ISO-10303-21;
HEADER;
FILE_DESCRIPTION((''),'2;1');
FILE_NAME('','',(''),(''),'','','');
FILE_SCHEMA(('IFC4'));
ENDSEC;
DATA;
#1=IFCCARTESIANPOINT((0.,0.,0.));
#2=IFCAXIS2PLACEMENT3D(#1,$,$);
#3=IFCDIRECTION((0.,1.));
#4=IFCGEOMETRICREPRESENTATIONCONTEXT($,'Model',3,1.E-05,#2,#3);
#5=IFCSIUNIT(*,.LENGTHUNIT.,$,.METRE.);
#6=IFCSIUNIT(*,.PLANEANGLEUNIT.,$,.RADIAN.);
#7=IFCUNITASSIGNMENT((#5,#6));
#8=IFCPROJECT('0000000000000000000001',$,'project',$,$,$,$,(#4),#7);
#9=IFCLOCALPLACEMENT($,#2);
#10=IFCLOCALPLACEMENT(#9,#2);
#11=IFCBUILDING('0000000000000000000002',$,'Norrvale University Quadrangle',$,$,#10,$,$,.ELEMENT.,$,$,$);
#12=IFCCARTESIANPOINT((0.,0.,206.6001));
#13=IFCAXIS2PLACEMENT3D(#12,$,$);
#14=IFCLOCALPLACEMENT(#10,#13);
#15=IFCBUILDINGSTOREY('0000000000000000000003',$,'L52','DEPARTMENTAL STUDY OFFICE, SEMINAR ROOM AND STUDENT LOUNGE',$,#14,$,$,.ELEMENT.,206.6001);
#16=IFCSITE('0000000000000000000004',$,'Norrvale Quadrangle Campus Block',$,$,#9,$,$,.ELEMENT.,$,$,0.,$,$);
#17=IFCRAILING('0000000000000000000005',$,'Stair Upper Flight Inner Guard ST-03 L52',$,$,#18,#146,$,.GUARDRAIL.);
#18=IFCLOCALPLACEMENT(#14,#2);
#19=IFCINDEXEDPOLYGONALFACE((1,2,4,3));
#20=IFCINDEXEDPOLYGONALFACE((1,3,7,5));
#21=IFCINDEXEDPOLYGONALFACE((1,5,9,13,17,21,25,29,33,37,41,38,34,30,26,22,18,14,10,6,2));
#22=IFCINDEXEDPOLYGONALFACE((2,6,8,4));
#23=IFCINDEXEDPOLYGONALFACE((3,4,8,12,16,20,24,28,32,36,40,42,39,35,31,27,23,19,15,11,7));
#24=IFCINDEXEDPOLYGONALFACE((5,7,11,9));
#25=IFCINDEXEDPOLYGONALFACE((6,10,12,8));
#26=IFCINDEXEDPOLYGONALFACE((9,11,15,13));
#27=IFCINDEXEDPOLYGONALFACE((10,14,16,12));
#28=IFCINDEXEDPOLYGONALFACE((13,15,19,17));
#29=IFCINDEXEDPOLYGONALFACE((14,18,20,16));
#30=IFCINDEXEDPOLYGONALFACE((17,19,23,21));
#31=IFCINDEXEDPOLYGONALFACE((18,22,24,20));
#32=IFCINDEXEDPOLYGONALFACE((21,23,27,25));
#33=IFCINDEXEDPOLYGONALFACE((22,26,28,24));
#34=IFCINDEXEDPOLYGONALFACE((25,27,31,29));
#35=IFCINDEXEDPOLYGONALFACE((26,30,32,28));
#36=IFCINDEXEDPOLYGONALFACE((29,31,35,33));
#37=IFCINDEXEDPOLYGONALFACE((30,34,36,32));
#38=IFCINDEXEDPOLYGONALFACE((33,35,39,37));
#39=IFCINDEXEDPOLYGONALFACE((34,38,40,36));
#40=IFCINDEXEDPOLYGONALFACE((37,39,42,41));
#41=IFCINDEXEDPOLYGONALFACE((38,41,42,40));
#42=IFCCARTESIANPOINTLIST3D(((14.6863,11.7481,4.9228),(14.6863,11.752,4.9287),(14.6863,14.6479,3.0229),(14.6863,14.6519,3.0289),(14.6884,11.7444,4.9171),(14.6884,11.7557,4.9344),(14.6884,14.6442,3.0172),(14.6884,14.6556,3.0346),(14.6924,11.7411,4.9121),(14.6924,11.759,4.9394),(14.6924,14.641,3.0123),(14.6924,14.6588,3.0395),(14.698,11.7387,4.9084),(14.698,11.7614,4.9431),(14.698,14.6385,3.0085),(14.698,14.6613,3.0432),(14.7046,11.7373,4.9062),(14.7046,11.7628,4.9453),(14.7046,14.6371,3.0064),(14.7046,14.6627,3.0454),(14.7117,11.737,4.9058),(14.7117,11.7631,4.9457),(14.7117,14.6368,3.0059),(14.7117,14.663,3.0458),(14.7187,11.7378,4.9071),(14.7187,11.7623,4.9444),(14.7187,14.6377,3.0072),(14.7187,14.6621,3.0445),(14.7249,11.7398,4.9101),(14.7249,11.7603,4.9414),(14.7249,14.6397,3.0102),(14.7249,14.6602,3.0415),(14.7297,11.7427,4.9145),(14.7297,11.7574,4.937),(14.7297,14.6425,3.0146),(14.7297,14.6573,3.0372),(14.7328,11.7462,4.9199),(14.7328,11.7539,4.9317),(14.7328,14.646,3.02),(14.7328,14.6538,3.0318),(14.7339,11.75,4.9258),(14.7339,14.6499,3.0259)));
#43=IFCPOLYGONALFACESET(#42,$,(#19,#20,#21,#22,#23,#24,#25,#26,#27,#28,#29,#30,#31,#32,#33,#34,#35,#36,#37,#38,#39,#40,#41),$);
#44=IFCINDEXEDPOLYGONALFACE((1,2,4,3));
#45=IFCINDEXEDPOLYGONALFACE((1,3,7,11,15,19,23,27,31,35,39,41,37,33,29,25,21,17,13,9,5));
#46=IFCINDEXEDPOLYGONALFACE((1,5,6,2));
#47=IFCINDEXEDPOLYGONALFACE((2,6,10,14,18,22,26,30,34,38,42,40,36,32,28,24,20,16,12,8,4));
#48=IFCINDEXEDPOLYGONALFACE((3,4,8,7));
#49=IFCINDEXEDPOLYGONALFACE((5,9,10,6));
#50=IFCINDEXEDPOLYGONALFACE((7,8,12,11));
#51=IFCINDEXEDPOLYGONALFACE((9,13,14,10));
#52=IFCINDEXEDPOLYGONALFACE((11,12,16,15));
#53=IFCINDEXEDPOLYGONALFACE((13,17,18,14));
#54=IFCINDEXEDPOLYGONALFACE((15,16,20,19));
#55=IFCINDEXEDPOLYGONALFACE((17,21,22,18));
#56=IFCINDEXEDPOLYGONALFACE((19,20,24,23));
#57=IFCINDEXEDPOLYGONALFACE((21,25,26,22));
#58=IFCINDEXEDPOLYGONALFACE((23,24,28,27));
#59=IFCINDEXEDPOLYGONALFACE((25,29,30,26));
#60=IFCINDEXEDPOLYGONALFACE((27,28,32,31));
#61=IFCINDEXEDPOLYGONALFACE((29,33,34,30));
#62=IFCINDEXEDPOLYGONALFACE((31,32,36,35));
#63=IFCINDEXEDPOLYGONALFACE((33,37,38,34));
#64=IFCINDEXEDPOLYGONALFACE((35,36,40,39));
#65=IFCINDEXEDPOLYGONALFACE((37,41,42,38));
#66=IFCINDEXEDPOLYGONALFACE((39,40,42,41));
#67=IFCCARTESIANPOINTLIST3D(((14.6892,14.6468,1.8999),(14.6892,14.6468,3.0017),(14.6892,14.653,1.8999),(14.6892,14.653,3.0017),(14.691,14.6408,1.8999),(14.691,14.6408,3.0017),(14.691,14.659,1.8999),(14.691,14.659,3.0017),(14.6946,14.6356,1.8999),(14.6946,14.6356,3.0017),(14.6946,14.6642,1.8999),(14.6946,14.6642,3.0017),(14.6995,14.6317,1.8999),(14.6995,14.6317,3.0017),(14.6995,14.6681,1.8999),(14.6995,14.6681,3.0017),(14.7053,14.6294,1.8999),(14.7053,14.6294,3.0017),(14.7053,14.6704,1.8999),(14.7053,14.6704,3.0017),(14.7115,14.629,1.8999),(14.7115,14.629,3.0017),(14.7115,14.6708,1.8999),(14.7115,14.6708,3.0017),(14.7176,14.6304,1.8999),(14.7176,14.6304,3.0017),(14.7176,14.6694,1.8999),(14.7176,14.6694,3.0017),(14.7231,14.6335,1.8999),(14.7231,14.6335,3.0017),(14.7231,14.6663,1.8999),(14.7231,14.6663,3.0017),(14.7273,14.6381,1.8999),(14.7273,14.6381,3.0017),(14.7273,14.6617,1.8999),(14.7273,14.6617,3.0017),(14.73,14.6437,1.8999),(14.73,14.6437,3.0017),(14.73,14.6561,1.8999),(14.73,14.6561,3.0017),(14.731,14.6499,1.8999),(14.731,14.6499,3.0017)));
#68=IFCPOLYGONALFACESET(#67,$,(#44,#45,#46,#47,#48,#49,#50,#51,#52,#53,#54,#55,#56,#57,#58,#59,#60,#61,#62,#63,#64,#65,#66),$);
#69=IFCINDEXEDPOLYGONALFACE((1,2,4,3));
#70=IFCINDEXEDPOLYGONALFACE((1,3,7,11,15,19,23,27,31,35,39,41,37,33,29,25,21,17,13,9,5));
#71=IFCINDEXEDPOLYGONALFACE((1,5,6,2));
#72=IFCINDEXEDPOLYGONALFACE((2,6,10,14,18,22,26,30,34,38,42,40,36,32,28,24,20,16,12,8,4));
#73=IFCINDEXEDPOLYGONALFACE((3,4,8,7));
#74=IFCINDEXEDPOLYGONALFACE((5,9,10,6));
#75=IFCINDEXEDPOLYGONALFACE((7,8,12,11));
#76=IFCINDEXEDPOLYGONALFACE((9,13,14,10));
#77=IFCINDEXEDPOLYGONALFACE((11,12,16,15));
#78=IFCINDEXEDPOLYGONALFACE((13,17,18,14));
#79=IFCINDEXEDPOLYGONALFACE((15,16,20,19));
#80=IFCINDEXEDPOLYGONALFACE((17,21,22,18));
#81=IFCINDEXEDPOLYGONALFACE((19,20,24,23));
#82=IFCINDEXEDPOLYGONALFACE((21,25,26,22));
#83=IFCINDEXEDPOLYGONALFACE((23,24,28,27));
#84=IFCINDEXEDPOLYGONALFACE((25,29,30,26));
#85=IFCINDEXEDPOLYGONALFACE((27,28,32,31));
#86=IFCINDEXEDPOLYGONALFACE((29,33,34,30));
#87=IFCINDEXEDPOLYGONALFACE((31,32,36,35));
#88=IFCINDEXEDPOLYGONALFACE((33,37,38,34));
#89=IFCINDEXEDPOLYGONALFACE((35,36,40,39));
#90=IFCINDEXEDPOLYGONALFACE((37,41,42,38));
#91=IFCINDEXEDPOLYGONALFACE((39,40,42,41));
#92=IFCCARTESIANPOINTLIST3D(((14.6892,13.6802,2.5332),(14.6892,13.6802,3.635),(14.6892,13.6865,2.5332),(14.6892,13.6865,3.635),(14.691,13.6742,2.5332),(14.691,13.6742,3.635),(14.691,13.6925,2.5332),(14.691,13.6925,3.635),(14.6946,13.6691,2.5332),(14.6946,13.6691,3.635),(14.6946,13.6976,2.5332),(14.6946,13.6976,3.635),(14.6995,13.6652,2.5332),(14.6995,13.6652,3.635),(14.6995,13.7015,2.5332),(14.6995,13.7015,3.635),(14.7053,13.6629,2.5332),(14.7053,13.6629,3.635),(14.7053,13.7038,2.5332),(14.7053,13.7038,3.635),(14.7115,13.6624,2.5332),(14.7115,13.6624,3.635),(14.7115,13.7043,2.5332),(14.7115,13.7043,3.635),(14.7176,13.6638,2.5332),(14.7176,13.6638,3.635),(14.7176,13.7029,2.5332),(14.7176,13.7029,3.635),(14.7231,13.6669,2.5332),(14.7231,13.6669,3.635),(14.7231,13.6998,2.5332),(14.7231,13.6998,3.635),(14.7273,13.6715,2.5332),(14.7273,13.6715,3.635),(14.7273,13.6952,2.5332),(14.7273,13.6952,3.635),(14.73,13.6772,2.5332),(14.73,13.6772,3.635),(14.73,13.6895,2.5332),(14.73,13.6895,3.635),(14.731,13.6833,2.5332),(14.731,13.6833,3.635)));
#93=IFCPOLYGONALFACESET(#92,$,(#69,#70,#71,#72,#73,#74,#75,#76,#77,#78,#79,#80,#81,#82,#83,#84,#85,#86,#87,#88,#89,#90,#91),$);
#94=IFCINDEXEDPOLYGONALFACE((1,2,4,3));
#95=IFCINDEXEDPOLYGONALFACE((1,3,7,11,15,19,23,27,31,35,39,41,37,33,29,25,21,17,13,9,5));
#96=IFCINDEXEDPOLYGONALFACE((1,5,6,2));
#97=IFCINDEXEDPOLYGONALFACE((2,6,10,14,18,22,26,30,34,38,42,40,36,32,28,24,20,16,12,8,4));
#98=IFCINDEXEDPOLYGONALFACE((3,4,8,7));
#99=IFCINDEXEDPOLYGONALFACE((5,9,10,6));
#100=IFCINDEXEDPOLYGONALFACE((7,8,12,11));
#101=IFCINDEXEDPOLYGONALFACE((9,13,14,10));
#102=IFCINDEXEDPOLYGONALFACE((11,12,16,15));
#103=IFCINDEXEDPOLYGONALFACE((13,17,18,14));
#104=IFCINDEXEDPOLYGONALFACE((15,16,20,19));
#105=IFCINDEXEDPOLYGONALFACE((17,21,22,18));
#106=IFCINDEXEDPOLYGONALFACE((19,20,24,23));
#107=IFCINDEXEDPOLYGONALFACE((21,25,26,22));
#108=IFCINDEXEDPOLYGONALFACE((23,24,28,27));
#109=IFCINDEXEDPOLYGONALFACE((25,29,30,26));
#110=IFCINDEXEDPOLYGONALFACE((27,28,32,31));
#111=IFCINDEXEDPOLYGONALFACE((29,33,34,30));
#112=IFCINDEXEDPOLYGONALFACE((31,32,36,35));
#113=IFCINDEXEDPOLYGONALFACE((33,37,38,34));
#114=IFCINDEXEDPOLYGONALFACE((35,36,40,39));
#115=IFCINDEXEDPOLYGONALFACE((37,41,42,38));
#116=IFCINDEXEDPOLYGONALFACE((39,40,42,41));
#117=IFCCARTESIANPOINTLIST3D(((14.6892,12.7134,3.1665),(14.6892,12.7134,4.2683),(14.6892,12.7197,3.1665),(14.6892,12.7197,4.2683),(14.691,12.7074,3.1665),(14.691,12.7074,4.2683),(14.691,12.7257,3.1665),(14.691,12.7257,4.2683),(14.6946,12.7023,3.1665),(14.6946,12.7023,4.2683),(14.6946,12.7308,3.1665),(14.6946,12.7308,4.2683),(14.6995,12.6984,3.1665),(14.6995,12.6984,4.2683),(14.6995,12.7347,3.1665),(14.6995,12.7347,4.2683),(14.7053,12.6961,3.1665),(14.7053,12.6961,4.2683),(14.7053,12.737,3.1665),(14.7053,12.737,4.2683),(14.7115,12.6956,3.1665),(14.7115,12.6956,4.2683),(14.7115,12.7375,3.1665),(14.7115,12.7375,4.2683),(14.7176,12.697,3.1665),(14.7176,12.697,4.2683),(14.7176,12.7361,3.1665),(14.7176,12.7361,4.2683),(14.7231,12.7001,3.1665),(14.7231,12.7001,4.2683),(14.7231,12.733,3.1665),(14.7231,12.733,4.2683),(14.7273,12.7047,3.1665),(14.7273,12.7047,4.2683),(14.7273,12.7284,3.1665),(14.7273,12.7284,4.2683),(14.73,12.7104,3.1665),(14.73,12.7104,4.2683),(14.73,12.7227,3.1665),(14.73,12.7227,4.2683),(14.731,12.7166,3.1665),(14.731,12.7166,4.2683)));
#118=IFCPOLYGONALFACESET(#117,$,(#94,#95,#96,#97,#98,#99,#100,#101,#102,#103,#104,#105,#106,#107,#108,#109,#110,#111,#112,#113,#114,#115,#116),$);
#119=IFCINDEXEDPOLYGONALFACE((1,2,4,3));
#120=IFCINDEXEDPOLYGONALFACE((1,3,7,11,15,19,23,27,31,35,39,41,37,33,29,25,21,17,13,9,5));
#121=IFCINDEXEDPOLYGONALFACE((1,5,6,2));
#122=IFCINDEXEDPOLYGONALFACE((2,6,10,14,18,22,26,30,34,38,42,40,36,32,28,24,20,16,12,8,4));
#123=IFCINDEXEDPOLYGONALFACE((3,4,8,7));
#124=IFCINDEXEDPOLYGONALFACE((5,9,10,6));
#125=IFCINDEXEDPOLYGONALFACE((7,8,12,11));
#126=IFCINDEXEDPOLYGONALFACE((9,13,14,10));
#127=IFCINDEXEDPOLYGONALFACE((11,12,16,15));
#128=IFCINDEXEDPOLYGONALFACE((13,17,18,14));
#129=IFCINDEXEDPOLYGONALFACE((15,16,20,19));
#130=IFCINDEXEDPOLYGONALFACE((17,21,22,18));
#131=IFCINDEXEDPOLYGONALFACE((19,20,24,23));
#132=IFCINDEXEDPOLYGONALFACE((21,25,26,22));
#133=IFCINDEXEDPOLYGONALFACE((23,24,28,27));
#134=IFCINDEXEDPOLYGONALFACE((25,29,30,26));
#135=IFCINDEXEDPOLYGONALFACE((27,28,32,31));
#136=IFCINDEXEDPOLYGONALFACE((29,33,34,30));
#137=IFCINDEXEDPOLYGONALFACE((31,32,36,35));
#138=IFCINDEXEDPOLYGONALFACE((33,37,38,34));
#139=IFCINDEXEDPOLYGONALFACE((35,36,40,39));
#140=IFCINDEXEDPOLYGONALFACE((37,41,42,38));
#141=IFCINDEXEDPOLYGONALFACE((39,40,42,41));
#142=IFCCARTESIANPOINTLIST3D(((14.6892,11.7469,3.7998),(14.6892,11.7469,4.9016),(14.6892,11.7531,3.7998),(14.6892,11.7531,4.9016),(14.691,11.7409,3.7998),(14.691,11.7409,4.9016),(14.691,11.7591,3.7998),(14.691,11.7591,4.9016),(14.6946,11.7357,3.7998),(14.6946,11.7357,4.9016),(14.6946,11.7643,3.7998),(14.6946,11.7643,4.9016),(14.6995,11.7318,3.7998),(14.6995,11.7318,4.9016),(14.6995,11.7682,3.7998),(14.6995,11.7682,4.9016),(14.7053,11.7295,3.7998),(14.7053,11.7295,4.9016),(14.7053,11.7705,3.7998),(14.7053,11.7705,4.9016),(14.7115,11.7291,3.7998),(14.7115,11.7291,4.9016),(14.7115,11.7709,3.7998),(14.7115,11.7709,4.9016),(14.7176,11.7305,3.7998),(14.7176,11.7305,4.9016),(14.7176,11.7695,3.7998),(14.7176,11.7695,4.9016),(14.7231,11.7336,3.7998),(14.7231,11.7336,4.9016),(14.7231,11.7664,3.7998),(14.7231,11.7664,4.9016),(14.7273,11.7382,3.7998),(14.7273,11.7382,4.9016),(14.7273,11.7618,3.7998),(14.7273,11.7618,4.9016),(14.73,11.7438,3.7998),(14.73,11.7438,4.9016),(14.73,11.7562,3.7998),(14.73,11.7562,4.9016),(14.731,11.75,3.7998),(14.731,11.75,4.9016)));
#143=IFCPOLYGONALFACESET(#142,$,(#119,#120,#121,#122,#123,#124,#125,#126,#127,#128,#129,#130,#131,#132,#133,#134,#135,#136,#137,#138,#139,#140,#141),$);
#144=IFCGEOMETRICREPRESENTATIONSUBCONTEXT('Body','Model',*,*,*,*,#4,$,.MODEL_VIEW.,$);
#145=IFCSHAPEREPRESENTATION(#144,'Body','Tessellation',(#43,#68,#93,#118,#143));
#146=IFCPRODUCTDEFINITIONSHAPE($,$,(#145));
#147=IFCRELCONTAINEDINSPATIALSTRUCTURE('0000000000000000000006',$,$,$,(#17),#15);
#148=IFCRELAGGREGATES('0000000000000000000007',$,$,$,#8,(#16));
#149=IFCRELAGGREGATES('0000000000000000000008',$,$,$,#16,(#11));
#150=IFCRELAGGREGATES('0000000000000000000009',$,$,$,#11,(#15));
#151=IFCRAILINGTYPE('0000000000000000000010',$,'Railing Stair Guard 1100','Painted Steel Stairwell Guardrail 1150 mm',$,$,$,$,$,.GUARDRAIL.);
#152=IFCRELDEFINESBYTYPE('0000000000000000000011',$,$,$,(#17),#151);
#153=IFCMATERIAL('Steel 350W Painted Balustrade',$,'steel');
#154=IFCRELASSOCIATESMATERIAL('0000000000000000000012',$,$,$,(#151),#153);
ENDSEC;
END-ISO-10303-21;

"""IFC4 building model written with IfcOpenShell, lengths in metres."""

from ifc_helpers import new_model, si_unit, direction, frame, origin, origin_2d, place, context, subcontext, project, spatial, circle, extrude, material, type_object, element, save


model = new_model("IFC4")

# Units and contexts
model_context = context("Model", 3, precision=1e-05, world=origin(), true_north=direction((0.0, 1.0)))
body_context = subcontext(model_context, "Body", "Model", "MODEL_VIEW")
ifc_project = project(units=[si_unit("LENGTHUNIT", "METRE"), si_unit("PLANEANGLEUNIT", "RADIAN")], contexts=[model_context])

# Site, building, storey
site_placement = place(None, origin())
site = spatial("IfcSite", under=ifc_project, at=site_placement, Name="Norrvale Quadrangle Campus Block", CompositionType="ELEMENT", RefElevation=0.0)
building_placement = place(site_placement, origin())
building = spatial("IfcBuilding", under=site, at=building_placement, Name="Norrvale University Quadrangle", CompositionType="ELEMENT")
storey_placement = place(building_placement, frame((0.0, 0.0, 206.6001)))
storey = spatial("IfcBuildingStorey", under=building, at=storey_placement, Name="L52", Description="DEPARTMENTAL STUDY OFFICE, SEMINAR ROOM AND STUDENT LOUNGE", CompositionType="ELEMENT", Elevation=206.6001)

# Railing
ifc_material_1 = material(Name="Steel 350W Painted Balustrade", Category="steel")
railing_type_1 = type_object("IfcRailingType", Name="Railing Stair Guard 1100", Description="Painted Steel Stairwell Guardrail 1150 mm", PredefinedType="GUARDRAIL", material=ifc_material_1)
railing_1_placement = place(storey_placement, frame((14.71, 14.6499, 1.8999)))
element("IfcRailing", 1, at=railing_1_placement, inside=storey, type_object=railing_type_1, Name="Stair Upper Flight Inner Guard ST-03 L52", PredefinedType="GUARDRAIL", context=body_context, shape_type="SweptSolid", body=[
    extrude(circle(Radius=0.0239, at=origin_2d()), frame((0.0, 0.0, 1.126), z_axis=(0.0, -0.836466, 0.548019), x_axis=(1.0, 0.0, 0.0)), (0.0, 0.0, 1.0), 3.4668),
    extrude(circle(Radius=0.021, at=origin_2d()), origin(), (0.0, 0.0, 1.0), 1.1018),
    extrude(circle(Radius=0.021, at=origin_2d()), frame((0.0, -0.9666, 0.6333)), (0.0, 0.0, 1.0), 1.1018),
    extrude(circle(Radius=0.021, at=origin_2d()), frame((0.0, -1.9333, 1.2666)), (0.0, 0.0, 1.0), 1.1018),
    extrude(circle(Radius=0.021, at=origin_2d()), frame((0.0, -2.8999, 1.8999)), (0.0, 0.0, 1.0), 1.1018),
])

save(model, "model.ifc")
